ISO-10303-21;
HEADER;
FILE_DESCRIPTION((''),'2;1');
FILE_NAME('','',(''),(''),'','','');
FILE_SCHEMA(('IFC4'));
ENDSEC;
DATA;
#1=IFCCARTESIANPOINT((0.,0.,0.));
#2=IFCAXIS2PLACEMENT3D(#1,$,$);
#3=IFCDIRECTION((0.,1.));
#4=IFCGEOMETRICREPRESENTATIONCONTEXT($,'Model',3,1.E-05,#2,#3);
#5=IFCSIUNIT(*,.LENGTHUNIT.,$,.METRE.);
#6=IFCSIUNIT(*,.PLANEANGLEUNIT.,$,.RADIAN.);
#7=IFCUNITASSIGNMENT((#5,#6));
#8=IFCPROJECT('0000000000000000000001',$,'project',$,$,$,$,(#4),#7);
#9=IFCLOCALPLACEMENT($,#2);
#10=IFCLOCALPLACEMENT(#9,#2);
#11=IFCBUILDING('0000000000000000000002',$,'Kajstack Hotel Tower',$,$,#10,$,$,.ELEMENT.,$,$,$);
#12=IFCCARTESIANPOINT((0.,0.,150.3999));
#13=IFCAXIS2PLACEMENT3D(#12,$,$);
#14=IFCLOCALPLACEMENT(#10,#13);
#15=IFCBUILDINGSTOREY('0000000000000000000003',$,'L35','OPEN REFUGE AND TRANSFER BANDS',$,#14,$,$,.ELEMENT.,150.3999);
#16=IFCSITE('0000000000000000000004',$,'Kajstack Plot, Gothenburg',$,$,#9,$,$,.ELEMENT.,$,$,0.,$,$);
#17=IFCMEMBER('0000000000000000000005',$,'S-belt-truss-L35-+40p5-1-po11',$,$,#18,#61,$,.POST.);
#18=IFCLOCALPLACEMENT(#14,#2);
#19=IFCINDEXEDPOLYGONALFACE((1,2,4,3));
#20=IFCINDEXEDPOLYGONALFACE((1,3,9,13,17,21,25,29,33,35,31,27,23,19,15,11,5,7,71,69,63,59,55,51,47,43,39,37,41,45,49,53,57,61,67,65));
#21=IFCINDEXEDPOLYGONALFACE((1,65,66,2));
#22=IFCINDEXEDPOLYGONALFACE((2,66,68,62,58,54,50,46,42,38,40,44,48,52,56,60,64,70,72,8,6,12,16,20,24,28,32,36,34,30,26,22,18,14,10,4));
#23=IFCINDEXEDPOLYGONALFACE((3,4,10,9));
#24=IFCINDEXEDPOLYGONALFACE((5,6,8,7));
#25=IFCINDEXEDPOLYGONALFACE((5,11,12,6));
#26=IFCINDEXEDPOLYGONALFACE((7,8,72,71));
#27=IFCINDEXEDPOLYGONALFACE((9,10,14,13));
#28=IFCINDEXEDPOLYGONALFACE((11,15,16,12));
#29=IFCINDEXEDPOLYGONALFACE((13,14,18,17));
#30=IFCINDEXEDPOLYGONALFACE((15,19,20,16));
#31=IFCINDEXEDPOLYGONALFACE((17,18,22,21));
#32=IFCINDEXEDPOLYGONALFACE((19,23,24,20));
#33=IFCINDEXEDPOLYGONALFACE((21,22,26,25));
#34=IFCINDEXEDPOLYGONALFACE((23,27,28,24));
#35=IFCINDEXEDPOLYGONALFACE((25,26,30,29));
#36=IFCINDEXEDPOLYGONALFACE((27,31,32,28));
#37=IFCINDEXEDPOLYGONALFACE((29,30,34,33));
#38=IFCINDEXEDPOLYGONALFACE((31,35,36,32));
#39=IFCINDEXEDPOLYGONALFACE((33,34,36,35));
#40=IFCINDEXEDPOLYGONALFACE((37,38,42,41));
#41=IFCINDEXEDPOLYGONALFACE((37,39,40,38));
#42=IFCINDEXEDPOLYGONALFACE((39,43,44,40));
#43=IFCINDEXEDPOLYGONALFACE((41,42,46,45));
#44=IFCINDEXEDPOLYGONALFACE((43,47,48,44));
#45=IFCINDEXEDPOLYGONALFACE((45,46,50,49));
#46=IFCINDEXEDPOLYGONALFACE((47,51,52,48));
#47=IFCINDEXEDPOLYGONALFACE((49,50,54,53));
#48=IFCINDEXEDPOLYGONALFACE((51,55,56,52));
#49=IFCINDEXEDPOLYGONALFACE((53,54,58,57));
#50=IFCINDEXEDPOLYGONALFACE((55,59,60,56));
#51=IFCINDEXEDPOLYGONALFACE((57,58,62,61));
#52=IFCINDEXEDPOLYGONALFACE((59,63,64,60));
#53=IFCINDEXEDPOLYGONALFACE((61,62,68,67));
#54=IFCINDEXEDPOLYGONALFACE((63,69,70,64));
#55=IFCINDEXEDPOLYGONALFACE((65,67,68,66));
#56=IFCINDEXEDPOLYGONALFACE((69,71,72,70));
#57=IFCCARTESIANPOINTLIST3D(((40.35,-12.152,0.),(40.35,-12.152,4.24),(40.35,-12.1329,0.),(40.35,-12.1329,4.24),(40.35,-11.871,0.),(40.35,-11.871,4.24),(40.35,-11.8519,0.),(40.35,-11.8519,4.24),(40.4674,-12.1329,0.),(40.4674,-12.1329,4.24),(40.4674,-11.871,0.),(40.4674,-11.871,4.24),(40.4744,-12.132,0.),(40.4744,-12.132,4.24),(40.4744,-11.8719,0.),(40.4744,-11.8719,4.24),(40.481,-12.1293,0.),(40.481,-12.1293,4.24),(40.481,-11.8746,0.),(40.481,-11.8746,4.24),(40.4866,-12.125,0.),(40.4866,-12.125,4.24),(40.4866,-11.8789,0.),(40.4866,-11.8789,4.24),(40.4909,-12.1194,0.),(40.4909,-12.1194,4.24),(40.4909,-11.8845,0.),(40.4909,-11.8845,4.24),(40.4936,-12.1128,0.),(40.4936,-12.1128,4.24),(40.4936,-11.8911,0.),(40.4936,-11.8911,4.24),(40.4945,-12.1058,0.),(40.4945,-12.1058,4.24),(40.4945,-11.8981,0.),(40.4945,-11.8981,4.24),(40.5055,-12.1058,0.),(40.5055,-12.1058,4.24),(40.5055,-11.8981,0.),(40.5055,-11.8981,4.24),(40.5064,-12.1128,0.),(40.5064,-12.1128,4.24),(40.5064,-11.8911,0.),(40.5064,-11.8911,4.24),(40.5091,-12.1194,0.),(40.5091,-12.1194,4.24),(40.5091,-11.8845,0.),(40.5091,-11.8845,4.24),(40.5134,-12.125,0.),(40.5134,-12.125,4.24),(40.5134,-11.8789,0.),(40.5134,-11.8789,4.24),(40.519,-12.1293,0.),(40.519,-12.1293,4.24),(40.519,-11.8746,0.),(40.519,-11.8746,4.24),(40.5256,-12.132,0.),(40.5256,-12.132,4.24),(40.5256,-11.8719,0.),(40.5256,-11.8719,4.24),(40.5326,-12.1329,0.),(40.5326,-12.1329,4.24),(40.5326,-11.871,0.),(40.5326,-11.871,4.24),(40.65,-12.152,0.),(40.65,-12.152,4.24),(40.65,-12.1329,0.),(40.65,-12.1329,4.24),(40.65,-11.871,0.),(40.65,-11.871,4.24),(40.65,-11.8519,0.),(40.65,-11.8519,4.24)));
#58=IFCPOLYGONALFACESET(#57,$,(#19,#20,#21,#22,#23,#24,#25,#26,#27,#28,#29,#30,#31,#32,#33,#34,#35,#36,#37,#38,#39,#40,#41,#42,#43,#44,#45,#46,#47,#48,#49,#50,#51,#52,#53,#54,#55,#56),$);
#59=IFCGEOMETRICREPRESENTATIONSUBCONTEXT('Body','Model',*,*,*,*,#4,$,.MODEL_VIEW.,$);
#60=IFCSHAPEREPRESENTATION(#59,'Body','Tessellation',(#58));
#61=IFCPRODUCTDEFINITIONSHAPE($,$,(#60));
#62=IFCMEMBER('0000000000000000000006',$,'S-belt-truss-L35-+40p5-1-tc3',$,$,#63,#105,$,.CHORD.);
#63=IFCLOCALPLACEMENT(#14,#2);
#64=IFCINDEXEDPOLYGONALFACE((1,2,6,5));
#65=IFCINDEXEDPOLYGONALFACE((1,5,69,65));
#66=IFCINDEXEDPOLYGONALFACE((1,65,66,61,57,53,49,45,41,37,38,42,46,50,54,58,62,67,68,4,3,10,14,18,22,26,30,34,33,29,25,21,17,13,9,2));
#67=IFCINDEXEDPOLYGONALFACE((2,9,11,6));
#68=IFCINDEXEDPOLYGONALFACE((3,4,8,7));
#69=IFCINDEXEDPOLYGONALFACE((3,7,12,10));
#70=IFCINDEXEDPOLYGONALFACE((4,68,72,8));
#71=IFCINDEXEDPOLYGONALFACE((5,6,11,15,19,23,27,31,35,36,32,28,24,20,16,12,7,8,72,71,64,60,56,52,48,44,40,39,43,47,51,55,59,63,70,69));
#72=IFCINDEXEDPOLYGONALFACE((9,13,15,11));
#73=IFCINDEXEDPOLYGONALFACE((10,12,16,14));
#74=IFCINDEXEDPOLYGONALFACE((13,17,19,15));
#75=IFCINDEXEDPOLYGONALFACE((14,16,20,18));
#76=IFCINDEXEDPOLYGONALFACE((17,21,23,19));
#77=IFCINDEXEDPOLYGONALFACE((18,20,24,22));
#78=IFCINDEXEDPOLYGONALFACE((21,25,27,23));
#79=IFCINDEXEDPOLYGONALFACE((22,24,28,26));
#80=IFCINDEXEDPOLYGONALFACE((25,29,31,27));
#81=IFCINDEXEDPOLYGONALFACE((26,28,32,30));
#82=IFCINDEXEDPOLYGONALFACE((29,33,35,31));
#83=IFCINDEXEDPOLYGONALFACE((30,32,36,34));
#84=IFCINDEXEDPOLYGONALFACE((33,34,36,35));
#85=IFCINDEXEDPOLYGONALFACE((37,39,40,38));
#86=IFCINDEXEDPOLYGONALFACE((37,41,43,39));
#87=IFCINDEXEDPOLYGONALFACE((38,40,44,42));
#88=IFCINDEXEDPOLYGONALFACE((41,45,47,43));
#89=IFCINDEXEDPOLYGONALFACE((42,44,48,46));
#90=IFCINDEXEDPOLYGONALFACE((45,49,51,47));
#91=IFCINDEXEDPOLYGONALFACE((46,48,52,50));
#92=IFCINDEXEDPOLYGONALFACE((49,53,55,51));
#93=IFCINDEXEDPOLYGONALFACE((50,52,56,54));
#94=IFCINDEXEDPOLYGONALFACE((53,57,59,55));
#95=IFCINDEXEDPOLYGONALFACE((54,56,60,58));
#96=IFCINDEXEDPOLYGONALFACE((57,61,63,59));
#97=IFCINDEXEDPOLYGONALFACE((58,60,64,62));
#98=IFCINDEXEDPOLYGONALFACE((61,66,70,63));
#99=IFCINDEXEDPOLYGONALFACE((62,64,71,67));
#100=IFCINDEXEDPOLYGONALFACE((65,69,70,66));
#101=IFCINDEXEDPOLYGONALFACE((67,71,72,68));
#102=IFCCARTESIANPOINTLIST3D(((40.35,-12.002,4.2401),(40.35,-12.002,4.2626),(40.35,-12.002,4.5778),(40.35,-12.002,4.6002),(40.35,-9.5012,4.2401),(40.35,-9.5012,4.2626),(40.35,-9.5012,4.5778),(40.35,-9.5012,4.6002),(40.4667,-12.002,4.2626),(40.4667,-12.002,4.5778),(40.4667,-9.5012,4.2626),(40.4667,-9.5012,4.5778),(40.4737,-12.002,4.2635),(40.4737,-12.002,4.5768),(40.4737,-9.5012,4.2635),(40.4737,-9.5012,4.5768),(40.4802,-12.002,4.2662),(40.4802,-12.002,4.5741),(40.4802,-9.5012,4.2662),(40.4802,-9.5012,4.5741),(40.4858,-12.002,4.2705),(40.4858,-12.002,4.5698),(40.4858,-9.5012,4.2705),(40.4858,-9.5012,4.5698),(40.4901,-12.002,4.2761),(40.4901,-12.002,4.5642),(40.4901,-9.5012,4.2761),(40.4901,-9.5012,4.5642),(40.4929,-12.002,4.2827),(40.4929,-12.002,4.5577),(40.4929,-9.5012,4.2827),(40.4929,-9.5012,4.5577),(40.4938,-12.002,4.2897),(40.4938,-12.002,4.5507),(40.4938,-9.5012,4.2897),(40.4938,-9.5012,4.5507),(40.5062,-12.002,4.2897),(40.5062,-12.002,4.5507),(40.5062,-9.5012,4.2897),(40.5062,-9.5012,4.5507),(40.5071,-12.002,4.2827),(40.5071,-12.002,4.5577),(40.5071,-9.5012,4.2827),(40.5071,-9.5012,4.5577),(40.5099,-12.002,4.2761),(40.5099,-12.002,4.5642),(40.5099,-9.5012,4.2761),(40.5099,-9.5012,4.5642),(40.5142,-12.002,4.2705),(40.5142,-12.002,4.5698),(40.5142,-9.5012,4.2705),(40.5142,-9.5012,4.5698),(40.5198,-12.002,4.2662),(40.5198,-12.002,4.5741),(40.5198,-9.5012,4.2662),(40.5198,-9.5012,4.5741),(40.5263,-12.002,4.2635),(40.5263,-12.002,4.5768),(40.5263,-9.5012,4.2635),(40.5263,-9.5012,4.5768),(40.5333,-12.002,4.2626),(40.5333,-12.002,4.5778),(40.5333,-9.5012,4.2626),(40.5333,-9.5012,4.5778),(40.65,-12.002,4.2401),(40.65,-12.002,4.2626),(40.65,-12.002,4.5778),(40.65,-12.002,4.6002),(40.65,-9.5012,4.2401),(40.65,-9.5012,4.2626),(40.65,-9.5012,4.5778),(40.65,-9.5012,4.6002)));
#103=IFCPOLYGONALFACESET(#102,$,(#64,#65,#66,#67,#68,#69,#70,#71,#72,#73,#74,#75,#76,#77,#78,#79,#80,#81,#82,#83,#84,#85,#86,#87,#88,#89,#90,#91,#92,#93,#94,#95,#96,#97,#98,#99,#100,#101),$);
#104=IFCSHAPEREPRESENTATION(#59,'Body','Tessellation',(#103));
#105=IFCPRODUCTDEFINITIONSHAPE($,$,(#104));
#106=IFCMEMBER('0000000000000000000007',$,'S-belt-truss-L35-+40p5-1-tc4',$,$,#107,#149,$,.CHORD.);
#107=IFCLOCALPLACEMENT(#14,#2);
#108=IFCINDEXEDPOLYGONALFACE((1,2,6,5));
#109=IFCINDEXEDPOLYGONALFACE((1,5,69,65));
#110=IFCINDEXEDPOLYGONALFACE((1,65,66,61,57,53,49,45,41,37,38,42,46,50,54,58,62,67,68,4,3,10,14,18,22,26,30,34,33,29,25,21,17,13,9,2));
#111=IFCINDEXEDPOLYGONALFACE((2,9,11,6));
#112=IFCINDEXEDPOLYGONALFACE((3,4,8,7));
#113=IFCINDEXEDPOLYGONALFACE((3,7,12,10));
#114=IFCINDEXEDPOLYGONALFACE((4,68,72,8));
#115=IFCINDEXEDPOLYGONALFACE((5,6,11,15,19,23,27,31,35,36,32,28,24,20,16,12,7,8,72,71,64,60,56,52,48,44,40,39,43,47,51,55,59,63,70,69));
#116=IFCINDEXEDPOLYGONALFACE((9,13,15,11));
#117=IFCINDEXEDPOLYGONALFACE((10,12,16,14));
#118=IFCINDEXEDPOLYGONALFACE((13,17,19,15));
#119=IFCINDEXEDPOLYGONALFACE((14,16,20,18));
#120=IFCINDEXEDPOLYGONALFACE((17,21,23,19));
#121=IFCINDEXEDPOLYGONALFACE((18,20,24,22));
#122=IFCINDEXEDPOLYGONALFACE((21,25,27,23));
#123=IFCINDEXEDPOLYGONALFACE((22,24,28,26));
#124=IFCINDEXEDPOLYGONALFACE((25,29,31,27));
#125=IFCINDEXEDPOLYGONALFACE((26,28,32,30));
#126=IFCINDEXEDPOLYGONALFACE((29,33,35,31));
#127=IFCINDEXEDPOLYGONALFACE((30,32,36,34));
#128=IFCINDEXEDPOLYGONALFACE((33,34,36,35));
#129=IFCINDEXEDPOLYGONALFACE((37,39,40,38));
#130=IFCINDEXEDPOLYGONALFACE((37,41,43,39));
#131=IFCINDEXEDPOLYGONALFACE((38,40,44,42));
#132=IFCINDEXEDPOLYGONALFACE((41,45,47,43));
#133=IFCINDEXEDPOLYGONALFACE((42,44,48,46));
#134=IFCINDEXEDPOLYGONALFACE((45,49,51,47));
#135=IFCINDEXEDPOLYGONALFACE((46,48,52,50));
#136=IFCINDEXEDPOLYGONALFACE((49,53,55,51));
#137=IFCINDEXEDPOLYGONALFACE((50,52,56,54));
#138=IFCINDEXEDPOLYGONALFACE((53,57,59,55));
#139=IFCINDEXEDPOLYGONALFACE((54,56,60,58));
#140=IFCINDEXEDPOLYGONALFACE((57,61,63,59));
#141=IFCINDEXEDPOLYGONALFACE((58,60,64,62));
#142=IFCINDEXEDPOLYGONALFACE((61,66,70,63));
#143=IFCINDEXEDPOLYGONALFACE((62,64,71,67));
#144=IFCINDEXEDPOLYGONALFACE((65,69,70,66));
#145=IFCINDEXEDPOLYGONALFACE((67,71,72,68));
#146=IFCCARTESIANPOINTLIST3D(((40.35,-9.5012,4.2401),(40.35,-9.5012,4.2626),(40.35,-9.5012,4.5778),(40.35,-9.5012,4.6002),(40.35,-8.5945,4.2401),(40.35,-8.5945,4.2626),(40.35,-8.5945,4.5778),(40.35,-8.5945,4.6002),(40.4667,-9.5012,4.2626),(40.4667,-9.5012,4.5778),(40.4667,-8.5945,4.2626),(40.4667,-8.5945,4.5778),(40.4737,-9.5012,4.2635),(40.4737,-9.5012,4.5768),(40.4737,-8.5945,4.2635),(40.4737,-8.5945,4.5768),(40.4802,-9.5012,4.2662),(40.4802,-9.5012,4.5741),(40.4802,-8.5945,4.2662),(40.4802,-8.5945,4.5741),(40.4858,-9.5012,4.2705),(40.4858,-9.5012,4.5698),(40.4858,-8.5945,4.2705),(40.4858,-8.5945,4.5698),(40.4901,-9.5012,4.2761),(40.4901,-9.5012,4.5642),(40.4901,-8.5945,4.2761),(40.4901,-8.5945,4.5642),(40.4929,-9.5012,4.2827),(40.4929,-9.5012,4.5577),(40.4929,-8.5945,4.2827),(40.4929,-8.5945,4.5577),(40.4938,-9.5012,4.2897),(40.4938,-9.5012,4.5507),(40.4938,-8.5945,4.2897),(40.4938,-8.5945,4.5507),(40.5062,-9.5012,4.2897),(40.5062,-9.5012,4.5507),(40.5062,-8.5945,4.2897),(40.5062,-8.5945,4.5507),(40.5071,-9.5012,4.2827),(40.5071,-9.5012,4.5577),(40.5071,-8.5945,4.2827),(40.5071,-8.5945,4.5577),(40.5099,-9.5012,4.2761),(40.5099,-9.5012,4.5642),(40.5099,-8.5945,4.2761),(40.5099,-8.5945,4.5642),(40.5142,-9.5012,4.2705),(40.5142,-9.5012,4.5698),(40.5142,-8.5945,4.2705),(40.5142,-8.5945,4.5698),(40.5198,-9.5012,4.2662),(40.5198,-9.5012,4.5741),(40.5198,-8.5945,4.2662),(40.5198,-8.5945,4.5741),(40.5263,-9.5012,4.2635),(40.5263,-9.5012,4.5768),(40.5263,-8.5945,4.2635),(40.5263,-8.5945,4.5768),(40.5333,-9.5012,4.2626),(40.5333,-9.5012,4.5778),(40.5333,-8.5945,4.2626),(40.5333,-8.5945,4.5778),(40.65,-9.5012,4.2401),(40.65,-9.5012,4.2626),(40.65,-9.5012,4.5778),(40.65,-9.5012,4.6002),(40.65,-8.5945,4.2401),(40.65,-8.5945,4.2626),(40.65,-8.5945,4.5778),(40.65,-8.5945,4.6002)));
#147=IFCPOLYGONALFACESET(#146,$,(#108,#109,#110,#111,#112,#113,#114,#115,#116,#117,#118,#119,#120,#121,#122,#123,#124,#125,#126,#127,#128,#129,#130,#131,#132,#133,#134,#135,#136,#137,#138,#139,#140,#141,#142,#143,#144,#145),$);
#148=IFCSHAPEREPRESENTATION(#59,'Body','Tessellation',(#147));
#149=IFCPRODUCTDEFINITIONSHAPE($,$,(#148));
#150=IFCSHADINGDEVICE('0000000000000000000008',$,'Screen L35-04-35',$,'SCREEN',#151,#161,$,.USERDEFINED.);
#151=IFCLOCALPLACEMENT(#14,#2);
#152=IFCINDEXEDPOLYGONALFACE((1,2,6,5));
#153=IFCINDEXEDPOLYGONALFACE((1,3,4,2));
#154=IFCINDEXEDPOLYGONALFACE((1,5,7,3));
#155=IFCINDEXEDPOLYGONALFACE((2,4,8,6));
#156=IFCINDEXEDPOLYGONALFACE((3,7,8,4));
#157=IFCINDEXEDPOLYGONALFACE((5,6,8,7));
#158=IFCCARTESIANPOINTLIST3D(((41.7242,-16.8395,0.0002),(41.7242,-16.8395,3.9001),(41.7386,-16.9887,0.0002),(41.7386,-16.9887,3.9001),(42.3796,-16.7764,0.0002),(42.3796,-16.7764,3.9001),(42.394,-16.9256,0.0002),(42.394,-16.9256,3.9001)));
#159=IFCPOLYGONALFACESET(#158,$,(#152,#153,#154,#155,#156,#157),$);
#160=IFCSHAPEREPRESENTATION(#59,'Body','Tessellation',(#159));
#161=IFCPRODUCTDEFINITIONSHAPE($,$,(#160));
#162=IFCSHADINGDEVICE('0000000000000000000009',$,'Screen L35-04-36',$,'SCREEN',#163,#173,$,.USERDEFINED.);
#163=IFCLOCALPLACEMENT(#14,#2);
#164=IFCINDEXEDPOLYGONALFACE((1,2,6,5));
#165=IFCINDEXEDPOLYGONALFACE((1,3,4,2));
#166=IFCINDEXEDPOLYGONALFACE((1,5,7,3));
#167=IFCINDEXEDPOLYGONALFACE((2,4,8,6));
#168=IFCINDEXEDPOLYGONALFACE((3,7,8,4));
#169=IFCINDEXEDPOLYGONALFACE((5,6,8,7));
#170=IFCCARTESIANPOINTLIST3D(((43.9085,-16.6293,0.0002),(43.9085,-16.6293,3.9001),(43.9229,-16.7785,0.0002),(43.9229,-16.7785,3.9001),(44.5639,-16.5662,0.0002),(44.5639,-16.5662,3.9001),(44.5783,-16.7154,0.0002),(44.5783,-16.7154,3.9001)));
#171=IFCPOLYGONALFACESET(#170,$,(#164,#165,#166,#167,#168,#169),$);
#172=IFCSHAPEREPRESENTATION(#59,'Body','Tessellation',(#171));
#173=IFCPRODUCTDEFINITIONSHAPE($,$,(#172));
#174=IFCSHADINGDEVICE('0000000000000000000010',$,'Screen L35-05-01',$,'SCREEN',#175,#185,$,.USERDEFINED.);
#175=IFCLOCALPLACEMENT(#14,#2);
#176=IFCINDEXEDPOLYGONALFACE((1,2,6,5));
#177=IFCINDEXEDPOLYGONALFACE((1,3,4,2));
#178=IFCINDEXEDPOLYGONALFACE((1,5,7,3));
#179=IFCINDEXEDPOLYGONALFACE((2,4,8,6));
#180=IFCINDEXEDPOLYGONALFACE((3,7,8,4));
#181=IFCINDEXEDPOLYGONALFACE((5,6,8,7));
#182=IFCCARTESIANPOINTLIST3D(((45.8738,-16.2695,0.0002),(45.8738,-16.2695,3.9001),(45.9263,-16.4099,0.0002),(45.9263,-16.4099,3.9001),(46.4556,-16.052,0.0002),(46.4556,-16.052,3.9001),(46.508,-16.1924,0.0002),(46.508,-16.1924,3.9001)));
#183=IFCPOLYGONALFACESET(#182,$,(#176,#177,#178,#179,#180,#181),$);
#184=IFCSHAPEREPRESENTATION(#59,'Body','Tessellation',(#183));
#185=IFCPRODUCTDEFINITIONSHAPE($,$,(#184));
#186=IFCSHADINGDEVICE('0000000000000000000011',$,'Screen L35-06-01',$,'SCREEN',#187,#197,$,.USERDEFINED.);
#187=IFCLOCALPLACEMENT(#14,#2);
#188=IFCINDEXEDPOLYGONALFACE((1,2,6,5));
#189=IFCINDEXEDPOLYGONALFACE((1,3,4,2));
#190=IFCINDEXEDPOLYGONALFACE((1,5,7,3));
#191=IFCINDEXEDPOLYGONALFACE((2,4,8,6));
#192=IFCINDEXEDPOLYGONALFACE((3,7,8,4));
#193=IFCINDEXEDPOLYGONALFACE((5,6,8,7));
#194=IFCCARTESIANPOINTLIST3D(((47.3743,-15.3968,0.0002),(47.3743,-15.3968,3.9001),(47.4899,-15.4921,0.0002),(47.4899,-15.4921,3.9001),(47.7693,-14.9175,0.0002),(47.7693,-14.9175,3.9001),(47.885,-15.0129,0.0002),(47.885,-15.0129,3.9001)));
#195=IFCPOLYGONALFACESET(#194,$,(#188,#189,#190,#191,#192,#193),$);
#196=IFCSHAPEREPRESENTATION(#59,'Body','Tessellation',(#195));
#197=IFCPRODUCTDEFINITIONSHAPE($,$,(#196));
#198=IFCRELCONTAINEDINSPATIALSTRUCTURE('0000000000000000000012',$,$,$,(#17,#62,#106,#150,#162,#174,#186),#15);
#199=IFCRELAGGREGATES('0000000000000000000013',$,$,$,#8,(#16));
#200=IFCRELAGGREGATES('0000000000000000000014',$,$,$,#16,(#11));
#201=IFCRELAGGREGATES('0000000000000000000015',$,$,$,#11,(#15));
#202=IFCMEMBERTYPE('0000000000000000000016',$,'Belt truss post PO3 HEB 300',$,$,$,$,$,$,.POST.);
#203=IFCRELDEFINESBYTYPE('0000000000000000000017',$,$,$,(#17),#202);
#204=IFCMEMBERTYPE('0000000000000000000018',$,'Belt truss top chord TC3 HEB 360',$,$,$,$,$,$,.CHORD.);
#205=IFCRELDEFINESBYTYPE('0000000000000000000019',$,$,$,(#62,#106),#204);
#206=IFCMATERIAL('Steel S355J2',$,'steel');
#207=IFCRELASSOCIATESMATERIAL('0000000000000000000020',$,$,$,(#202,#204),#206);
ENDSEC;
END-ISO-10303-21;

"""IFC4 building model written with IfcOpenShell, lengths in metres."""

from ifc_helpers import new_model, si_unit, direction, frame, origin, origin_2d, place, context, subcontext, project, spatial, rectangle, i_section, extrude, material, material_profile, profile_set, type_object, element, save


model = new_model("IFC4")

# Units and contexts
model_context = context("Model", 3, precision=1e-05, world=origin(), true_north=direction((0.0, 1.0)))
body_context = subcontext(model_context, "Body", "Model", "MODEL_VIEW")
ifc_project = project(units=[si_unit("LENGTHUNIT", "METRE"), si_unit("PLANEANGLEUNIT", "RADIAN")], contexts=[model_context])

# Site, building, storey
site_placement = place(None, origin())
site = spatial("IfcSite", under=ifc_project, at=site_placement, Name="Kajstack Plot, Gothenburg", CompositionType="ELEMENT", RefElevation=0.0)
building_placement = place(site_placement, origin())
building = spatial("IfcBuilding", under=site, at=building_placement, Name="Kajstack Hotel Tower", CompositionType="ELEMENT")
storey_placement = place(building_placement, frame((0.0, 0.0, 150.3999)))
storey = spatial("IfcBuildingStorey", under=building, at=storey_placement, Name="L35", Description="OPEN REFUGE AND TRANSFER BANDS", CompositionType="ELEMENT", Elevation=150.3999)

# Members
ifc_material = material(Name="Steel S355J2", Category="steel")
ifc_material_profile_1 = material_profile(ifc_material, i_section(OverallWidth=0.3, OverallDepth=0.3, WebThickness=0.011, FlangeThickness=0.019, FilletRadius=0.0271, at=origin_2d()), Name="HEB 300")
ifc_profile_set_1 = profile_set([ifc_material_profile_1], Name="Steel S355J2")
member_type_1 = type_object("IfcMemberType", Name="Belt truss post PO3 HEB 300", PredefinedType="POST", material=ifc_profile_set_1)
for number, where, z_axis, x_axis, name in (
    (1, (40.5, -12.002, 0.0), (0.0, 0.0, 1.0), (1.0, 0.0, 0.0), "S-belt-truss-L35-+40p5-1-po11"),
):
    element("IfcMember", number, at=place(storey_placement, frame(where, z_axis=z_axis, x_axis=x_axis)), inside=storey, type_object=member_type_1, Name=name, PredefinedType="POST", context=body_context, shape_type="SweptSolid", body=[
        extrude(i_section(OverallWidth=0.3, OverallDepth=0.3, WebThickness=0.011, FlangeThickness=0.019, FilletRadius=0.0271, at=origin_2d()), origin(), (0.0, 0.0, 1.0), 4.24),
    ])
ifc_material_profile_2 = material_profile(ifc_material, i_section(OverallWidth=0.3, OverallDepth=0.3601, WebThickness=0.0125, FlangeThickness=0.0225, FilletRadius=0.0271, at=origin_2d()), Name="HEB 360")
ifc_profile_set_2 = profile_set([ifc_material_profile_2], Name="Steel S355J2")
member_type_2 = type_object("IfcMemberType", Name="Belt truss top chord TC3 HEB 360", PredefinedType="CHORD", material=ifc_profile_set_2)
member_1_placement = place(storey_placement, frame((40.5, -12.002, 4.4202), z_axis=(0.0, 1.0, 0.0), x_axis=(-1.0, 0.0, 0.0)))
element("IfcMember", 2, at=member_1_placement, inside=storey, type_object=member_type_2, Name="S-belt-truss-L35-+40p5-1-tc3", PredefinedType="CHORD", context=body_context, shape_type="SweptSolid", body=[
    extrude(i_section(OverallWidth=0.3, OverallDepth=0.3601, WebThickness=0.0125, FlangeThickness=0.0225, FilletRadius=0.0271, at=origin_2d()), origin(), (0.0, 0.0, 1.0), 2.5007),
])
member_2_placement = place(storey_placement, frame((40.5, -9.5012, 4.4202), z_axis=(0.0, 1.0, 0.0), x_axis=(-1.0, 0.0, 0.0)))
element("IfcMember", 3, at=member_2_placement, inside=storey, type_object=member_type_2, Name="S-belt-truss-L35-+40p5-1-tc4", PredefinedType="CHORD", context=body_context, shape_type="SweptSolid", body=[
    extrude(i_section(OverallWidth=0.3, OverallDepth=0.3601, WebThickness=0.0125, FlangeThickness=0.0225, FilletRadius=0.0271, at=origin_2d()), origin(), (0.0, 0.0, 1.0), 0.9067),
])

# Shading devices
for number, where, z_axis, x_axis, name in (
    (4, (42.0591, -16.8826, 0.0002), (0.0, 0.0, 1.0), (0.995396, 0.095846, 0.0), "Screen L35-04-35"),
    (5, (44.2434, -16.6724, 0.0002), (0.0, 0.0, 1.0), (0.995396, 0.095846, 0.0), "Screen L35-04-36"),
):
    element("IfcShadingDevice", number, at=place(storey_placement, frame(where, z_axis=z_axis, x_axis=x_axis)), inside=storey, Name=name, ObjectType="SCREEN", PredefinedType="USERDEFINED", context=body_context, shape_type="SweptSolid", body=[
        extrude(rectangle(XDim=0.6584, YDim=0.1499, at=origin_2d()), origin(), (0.0, 0.0, 1.0), 3.8999),
    ])
for number, where, z_axis, x_axis, name in (
    (6, (46.1909, -16.231, 0.0002), (0.0, 0.0, 1.0), (0.93668, 0.350186, 0.0), "Screen L35-05-01"),
    (7, (47.6296, -15.2048, 0.0002), (0.0, 0.0, 1.0), (0.636066, 0.771635, 0.0), "Screen L35-06-01"),
):
    element("IfcShadingDevice", number, at=place(storey_placement, frame(where, z_axis=z_axis, x_axis=x_axis)), inside=storey, Name=name, ObjectType="SCREEN", PredefinedType="USERDEFINED", context=body_context, shape_type="SweptSolid", body=[
        extrude(rectangle(XDim=0.6211, YDim=0.1499, at=origin_2d()), origin(), (0.0, 0.0, 1.0), 3.8999),
    ])

save(model, "model.ifc")
